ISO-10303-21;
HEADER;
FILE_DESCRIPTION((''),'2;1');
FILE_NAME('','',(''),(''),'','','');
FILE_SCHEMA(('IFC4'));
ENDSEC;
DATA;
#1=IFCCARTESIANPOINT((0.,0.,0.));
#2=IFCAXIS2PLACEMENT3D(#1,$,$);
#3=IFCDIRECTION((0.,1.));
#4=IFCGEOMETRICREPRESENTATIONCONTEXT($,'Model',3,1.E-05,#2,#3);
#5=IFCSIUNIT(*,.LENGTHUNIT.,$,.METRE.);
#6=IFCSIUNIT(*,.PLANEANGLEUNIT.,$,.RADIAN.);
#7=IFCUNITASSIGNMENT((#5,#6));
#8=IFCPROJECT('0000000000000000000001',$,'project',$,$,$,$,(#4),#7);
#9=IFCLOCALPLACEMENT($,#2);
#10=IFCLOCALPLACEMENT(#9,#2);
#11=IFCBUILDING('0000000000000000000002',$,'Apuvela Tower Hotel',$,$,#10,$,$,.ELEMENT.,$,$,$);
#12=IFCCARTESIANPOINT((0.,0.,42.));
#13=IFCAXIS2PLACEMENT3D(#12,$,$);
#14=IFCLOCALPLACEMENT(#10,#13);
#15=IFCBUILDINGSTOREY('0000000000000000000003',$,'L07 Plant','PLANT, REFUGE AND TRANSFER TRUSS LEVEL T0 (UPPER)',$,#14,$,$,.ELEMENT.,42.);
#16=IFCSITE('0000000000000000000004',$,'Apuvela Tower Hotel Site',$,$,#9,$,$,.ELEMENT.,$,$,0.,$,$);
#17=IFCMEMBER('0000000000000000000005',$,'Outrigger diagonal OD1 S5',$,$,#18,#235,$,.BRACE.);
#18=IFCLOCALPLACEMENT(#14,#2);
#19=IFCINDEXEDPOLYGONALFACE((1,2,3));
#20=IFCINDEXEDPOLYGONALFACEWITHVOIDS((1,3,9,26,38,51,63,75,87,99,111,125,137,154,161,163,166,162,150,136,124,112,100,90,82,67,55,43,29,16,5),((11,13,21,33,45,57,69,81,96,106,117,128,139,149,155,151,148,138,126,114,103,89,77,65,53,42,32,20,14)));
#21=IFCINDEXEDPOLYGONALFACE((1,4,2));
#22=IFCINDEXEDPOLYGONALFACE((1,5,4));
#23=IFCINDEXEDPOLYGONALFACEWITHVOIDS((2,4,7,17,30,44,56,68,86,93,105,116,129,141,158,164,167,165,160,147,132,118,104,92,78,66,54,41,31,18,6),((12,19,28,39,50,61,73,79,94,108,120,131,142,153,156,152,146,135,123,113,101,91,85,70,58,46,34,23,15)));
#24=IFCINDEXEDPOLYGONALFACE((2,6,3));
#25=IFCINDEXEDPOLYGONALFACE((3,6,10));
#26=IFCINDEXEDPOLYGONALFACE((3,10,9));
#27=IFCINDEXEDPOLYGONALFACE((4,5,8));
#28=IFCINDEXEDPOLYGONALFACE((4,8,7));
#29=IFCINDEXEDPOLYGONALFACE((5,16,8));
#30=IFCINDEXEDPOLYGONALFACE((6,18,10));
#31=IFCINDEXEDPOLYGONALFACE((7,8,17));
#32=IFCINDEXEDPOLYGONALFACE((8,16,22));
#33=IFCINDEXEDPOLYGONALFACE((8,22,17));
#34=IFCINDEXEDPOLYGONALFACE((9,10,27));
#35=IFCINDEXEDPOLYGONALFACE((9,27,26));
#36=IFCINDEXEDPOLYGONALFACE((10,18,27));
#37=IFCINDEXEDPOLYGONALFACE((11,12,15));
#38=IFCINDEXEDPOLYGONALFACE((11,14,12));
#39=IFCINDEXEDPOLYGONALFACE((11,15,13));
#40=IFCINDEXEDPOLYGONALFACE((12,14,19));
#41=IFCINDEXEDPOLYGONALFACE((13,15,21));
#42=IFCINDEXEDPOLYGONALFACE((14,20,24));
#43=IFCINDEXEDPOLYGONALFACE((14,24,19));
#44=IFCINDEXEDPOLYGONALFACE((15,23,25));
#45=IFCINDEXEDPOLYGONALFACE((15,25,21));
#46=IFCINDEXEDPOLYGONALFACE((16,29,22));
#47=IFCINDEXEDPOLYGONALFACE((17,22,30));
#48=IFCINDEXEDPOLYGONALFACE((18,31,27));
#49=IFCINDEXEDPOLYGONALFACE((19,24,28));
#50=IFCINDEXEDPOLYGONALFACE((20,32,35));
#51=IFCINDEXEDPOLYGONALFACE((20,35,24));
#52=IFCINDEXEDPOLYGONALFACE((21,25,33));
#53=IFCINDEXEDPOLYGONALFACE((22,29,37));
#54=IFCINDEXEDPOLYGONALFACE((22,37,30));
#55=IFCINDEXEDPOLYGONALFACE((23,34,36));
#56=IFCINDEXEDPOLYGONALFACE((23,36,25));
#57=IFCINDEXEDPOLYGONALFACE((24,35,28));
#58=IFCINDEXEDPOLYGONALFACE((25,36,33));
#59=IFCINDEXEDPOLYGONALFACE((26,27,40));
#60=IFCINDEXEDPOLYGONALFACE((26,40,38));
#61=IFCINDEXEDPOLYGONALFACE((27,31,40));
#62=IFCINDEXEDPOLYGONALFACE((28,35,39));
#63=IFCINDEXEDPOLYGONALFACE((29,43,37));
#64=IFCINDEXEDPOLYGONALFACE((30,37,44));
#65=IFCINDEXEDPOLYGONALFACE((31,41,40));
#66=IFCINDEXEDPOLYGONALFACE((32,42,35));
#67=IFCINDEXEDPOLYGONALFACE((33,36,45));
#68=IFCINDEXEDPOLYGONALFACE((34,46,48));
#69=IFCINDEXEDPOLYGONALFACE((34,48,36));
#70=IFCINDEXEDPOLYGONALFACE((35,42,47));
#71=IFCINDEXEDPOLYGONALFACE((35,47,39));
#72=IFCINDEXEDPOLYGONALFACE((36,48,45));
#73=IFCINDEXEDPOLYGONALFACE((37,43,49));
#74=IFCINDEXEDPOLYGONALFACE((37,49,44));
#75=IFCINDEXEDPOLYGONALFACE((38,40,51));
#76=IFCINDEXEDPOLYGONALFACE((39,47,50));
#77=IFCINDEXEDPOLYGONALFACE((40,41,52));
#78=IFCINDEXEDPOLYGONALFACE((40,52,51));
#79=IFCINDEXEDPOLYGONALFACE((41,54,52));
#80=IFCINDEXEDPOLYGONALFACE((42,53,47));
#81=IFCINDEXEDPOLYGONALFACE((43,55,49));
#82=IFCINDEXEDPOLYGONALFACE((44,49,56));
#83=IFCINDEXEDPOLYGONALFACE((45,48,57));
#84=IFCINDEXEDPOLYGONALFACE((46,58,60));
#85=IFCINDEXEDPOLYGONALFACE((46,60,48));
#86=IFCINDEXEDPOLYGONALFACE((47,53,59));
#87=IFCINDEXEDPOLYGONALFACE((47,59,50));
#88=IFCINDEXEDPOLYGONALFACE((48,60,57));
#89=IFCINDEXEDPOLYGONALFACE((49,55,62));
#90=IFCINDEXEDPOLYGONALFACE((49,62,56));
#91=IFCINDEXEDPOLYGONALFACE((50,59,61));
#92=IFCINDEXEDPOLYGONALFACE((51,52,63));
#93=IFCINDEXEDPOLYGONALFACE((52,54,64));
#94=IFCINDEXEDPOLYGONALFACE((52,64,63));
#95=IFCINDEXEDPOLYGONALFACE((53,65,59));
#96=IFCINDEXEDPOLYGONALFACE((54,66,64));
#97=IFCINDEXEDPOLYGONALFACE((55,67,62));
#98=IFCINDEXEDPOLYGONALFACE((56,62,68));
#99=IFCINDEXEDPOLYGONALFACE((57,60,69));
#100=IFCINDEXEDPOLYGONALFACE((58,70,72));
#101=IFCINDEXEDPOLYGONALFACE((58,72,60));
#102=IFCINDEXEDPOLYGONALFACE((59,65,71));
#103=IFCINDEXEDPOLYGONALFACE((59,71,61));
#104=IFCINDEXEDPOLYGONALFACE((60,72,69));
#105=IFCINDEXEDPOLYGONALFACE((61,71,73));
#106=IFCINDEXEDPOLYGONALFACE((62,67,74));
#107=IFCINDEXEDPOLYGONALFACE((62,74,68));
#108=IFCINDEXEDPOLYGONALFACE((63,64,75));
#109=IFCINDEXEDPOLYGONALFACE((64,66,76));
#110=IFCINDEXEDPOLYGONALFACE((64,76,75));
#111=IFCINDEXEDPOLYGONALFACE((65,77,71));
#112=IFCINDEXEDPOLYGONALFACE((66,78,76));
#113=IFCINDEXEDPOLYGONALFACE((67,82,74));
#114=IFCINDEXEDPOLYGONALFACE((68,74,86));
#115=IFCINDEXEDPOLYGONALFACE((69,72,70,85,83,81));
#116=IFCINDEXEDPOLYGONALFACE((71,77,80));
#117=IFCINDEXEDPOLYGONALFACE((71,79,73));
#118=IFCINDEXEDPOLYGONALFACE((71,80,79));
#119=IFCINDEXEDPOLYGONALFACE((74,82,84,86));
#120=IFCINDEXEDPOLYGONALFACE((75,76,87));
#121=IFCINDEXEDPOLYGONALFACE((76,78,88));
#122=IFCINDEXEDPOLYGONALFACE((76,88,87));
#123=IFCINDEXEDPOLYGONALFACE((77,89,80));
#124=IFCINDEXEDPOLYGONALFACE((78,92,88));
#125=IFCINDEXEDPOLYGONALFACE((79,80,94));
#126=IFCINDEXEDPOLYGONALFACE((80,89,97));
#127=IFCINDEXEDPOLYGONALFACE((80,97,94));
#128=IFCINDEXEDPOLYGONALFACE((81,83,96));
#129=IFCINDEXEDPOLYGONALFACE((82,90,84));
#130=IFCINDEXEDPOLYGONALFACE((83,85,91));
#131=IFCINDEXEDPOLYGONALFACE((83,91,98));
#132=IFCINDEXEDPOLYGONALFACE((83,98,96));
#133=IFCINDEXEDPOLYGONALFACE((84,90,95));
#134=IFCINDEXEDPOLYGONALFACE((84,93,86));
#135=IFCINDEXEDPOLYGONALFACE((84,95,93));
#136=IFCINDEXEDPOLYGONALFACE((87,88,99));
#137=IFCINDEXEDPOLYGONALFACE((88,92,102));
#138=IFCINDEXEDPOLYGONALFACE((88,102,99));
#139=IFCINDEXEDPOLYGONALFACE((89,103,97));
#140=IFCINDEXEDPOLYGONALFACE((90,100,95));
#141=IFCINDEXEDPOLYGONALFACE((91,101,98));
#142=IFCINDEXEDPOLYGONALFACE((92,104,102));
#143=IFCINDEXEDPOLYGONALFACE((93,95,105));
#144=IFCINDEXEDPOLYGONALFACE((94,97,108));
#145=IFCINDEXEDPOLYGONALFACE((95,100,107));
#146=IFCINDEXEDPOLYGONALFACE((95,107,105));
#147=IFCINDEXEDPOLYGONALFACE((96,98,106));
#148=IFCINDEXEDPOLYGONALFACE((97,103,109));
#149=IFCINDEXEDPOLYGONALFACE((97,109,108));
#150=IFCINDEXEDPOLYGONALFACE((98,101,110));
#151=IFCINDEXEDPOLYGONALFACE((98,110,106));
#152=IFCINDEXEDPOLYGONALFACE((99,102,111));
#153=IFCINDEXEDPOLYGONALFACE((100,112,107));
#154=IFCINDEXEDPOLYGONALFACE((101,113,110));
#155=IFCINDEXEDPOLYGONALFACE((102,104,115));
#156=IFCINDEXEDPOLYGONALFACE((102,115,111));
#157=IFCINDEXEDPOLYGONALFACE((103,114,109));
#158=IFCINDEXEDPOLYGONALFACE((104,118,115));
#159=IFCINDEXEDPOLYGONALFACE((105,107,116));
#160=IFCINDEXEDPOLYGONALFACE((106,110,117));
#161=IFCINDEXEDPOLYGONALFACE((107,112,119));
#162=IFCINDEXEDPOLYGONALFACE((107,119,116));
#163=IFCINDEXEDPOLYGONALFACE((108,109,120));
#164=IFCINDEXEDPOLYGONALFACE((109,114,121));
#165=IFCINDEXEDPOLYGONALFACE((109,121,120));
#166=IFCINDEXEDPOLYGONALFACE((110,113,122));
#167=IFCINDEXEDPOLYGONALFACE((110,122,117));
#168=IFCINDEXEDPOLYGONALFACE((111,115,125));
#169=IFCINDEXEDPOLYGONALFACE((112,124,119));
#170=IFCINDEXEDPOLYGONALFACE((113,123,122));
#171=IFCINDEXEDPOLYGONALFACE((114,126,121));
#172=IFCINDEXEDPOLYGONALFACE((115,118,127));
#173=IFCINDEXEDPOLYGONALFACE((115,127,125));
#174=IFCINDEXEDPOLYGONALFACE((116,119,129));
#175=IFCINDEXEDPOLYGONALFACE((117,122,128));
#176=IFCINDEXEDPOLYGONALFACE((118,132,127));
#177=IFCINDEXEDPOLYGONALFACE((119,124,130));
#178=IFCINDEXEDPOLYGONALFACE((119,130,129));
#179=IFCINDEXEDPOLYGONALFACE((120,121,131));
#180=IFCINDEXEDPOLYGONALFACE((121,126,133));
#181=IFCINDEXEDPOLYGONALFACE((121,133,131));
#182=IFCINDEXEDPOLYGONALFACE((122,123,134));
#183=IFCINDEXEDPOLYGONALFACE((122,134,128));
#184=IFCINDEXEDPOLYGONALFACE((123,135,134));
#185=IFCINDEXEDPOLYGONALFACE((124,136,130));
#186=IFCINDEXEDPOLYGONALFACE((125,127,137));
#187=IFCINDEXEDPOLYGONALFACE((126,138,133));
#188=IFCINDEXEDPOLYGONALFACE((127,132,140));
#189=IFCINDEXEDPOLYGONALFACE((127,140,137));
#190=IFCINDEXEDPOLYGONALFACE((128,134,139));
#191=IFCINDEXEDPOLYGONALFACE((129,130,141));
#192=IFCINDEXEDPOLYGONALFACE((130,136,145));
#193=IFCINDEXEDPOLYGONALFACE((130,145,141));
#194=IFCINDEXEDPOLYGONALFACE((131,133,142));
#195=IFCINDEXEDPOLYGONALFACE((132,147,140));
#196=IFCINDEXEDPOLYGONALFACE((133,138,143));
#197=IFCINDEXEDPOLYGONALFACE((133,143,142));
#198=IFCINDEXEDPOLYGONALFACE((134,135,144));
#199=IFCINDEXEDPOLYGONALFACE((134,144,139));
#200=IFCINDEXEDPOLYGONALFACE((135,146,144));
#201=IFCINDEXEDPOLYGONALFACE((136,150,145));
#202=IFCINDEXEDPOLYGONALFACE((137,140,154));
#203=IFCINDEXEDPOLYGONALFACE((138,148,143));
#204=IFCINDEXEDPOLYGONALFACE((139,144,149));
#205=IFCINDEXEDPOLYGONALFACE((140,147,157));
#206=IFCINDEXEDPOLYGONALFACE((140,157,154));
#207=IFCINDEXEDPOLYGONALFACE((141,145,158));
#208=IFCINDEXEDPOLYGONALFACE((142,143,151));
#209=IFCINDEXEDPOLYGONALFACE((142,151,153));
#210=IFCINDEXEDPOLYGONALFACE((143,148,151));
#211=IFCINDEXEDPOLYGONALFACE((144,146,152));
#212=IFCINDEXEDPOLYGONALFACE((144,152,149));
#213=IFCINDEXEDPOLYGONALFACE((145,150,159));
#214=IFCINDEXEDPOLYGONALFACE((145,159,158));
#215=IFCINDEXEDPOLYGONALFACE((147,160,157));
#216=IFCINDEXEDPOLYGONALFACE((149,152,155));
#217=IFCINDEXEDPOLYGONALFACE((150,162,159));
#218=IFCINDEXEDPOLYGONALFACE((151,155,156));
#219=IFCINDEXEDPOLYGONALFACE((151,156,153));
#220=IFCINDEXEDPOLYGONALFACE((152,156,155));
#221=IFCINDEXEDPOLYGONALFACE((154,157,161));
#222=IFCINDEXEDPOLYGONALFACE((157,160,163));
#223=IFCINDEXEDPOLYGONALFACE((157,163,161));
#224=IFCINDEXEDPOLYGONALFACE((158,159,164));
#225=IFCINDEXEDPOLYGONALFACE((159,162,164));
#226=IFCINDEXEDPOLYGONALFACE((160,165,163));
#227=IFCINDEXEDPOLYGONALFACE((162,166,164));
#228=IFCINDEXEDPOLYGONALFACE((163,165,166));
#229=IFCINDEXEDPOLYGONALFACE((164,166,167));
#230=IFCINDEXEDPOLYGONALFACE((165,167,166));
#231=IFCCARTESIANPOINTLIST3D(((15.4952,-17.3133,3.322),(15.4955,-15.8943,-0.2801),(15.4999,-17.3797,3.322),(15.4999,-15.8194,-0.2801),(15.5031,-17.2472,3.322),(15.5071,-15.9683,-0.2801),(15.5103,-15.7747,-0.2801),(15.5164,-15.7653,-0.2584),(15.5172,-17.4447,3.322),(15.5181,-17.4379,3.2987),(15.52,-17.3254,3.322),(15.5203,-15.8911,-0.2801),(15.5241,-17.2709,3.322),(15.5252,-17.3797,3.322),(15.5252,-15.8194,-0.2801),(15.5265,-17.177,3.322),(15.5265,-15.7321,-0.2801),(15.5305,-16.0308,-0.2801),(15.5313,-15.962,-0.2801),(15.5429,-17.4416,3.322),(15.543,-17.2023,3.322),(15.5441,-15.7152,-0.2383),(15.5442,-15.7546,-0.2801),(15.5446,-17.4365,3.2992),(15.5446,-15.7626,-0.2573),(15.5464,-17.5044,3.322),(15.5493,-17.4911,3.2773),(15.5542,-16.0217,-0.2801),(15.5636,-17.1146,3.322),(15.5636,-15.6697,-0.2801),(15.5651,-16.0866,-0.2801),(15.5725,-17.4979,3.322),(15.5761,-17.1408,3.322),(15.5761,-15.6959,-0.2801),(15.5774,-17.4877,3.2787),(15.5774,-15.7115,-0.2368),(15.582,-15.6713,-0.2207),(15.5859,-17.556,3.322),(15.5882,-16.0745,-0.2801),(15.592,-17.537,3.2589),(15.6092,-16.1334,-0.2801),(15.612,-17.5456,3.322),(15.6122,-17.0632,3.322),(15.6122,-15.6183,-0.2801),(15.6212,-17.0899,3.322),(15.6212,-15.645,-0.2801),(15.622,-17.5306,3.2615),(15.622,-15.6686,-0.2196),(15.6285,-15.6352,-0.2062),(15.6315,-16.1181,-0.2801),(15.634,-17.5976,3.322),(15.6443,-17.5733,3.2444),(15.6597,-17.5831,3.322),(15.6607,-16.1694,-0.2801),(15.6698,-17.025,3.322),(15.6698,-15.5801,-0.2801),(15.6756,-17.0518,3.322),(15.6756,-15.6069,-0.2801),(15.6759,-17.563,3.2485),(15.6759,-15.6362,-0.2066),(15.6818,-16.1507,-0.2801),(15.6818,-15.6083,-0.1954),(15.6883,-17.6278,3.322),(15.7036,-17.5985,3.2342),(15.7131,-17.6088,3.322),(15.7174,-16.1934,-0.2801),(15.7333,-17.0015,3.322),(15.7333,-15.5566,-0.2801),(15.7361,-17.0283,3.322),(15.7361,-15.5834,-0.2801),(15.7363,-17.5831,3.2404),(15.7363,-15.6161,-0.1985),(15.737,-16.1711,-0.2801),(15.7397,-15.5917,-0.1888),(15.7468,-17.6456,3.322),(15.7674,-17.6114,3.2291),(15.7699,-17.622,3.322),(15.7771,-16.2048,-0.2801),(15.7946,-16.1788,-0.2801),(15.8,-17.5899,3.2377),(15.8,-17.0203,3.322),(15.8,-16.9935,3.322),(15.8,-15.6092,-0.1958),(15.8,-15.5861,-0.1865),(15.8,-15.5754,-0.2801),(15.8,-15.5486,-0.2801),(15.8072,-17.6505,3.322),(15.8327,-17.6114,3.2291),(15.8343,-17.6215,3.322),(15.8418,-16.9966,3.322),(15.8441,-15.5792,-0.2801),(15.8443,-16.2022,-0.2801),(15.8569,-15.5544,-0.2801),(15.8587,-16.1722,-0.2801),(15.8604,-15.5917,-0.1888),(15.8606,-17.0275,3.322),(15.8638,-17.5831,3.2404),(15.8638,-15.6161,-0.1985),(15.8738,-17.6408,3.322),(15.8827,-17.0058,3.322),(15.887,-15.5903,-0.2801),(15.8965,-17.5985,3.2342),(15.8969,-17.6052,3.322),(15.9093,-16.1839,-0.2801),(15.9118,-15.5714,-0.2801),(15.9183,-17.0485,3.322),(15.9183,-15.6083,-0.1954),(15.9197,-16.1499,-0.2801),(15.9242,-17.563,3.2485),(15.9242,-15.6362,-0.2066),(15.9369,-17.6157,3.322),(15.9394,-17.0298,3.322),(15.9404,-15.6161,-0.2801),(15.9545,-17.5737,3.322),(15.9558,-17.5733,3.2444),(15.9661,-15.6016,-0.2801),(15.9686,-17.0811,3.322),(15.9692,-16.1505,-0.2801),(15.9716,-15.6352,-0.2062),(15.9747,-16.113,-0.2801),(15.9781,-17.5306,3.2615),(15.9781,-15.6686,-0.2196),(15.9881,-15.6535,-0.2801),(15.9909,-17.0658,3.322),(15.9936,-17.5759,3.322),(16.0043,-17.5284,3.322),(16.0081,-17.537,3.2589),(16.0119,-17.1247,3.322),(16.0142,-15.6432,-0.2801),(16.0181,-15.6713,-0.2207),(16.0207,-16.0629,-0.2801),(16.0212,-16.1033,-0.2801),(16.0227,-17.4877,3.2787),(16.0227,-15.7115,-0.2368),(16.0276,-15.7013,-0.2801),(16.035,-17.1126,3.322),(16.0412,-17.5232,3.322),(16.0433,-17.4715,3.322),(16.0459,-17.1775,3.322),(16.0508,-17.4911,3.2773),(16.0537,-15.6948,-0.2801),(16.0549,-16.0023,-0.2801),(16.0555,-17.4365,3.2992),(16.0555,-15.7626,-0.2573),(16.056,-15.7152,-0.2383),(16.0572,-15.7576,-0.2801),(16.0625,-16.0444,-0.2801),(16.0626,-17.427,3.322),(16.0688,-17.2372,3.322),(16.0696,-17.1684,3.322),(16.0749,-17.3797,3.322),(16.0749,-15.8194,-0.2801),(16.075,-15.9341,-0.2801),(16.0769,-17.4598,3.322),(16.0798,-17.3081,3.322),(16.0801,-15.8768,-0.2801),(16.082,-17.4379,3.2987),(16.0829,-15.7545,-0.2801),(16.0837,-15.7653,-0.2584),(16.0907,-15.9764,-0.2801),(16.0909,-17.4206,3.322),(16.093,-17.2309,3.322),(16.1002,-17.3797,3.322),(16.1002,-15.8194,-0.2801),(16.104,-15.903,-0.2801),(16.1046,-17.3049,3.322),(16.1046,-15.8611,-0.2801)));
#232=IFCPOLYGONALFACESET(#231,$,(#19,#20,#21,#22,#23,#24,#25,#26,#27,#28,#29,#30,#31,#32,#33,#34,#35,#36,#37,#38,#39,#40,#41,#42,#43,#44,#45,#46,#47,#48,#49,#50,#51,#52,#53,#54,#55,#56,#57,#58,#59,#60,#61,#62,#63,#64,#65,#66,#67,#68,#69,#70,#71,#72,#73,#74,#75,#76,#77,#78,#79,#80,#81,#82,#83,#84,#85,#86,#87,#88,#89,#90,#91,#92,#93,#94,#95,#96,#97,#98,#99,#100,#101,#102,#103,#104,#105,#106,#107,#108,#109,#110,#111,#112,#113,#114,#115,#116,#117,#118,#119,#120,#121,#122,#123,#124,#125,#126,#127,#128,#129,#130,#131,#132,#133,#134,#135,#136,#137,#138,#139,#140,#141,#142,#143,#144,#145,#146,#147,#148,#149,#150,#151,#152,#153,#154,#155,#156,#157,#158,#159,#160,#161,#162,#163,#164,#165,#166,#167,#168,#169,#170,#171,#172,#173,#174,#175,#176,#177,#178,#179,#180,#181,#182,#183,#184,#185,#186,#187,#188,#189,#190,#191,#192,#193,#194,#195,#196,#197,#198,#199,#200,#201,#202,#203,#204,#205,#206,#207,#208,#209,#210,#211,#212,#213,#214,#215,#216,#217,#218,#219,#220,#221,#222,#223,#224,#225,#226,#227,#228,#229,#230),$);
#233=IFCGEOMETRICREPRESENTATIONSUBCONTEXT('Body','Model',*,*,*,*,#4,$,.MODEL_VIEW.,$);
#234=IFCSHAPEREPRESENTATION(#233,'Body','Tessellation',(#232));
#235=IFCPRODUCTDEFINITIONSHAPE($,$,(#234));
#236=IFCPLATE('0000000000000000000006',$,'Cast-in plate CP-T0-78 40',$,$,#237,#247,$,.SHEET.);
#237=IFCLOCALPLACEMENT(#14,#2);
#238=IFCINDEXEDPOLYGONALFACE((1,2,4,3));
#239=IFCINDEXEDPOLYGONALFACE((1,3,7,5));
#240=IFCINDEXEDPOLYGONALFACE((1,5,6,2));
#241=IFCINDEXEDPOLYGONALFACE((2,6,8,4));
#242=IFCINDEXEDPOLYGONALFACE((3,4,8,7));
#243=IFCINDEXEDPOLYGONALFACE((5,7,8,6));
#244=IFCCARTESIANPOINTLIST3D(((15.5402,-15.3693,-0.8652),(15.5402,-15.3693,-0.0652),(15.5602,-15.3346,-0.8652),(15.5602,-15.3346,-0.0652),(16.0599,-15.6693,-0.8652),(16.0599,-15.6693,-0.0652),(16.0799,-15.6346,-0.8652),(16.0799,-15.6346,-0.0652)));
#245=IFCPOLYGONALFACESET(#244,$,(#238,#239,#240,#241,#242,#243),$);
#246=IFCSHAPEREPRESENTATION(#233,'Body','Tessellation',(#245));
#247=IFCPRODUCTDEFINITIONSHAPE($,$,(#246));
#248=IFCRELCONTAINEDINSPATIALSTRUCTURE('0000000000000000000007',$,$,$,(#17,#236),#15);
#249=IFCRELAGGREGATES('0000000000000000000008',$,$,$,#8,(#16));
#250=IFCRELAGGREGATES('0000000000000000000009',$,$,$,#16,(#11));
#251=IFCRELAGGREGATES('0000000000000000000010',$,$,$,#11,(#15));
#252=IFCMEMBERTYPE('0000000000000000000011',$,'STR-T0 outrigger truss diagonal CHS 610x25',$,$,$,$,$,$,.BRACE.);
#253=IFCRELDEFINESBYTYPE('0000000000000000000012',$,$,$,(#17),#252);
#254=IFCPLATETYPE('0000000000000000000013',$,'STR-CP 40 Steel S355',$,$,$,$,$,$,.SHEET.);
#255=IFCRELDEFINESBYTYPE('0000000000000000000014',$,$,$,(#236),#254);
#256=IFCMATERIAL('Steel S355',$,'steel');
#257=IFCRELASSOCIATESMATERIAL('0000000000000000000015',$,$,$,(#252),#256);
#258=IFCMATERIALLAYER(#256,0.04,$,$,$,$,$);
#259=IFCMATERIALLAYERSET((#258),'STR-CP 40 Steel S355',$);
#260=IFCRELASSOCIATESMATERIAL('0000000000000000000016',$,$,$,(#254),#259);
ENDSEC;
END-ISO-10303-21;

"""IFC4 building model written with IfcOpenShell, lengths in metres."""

from ifc_helpers import new_model, si_unit, direction, frame, origin, origin_2d, place, context, subcontext, project, spatial, rectangle, hollow_circle, extrude, boolean, halfspace, material, layer, layer_set, material_profile, profile_set, type_object, element, save


model = new_model("IFC4")

# Units and contexts
model_context = context("Model", 3, precision=1e-05, world=origin(), true_north=direction((0.0, 1.0)))
body_context = subcontext(model_context, "Body", "Model", "MODEL_VIEW")
ifc_project = project(units=[si_unit("LENGTHUNIT", "METRE"), si_unit("PLANEANGLEUNIT", "RADIAN")], contexts=[model_context])

# Site, building, storey
site_placement = place(None, origin())
site = spatial("IfcSite", under=ifc_project, at=site_placement, Name="Apuvela Tower Hotel Site", CompositionType="ELEMENT", RefElevation=0.0)
building_placement = place(site_placement, origin())
building = spatial("IfcBuilding", under=site, at=building_placement, Name="Apuvela Tower Hotel", CompositionType="ELEMENT")
storey_placement = place(building_placement, frame((0.0, 0.0, 42.0)))
storey = spatial("IfcBuildingStorey", under=building, at=storey_placement, Name="L07 Plant", Description="PLANT, REFUGE AND TRANSFER TRUSS LEVEL T0 (UPPER)", CompositionType="ELEMENT", Elevation=42.0)

# Shared definitions
ifc_material_1 = material(Name="Steel S355", Category="steel")

# Member
ifc_material_profile_1 = material_profile(ifc_material_1, hollow_circle(Radius=0.3049, WallThickness=0.0249, at=origin_2d()), Name="CHS 610x25")
ifc_profile_set_1 = profile_set([ifc_material_profile_1], Name="Steel S355")
member_type = type_object("IfcMemberType", Name="STR-T0 outrigger truss diagonal CHS 610x25", PredefinedType="BRACE", material=ifc_profile_set_1)
member_placement = place(storey_placement, frame((15.8, -15.8691, -0.3), z_axis=(0.0, -0.372292, 0.928116), x_axis=(0.0, 0.928116, 0.372292)))
solid = boolean("DIFFERENCE", boolean("DIFFERENCE", extrude(hollow_circle(Radius=0.3049, WallThickness=0.0249, at=origin_2d()), frame((0.0, 0.0, -0.2422)), (0.0, 0.0, 1.0), 4.4087), halfspace(frame((0.0, 0.0, 0.0215), z_axis=(0.372292, 0.0, 0.928116), x_axis=(0.928116, 0.0, -0.372292)), True)), halfspace(frame((0.0, 0.0, 3.9026), z_axis=(0.372292, 0.0, 0.928116), x_axis=(0.928116, 0.0, -0.372292)), False))
element("IfcMember", 1, at=member_placement, inside=storey, type_object=member_type, Name="Outrigger diagonal OD1 S5", PredefinedType="BRACE", context=body_context, shape_type="SweptSolid", body=[
    boolean("UNION", boolean("DIFFERENCE", boolean("DIFFERENCE", extrude(hollow_circle(Radius=0.3049, WallThickness=0.0249, at=origin_2d()), origin(), (0.0, 0.0, 1.0), 3.9241), halfspace(frame((0.0, 0.0, 0.0215), z_axis=(0.372292, 0.0, 0.928116), x_axis=(0.928116, 0.0, -0.372292)), True)), halfspace(frame((0.0, 0.0, 3.9026), z_axis=(0.372292, 0.0, 0.928116), x_axis=(0.928116, 0.0, -0.372292)), False)), solid),
])

# Plate
ifc_layer_1 = layer(ifc_material_1, 0.04)
ifc_layer_set_1 = layer_set([ifc_layer_1], Name="STR-CP 40 Steel S355")
plate_type = type_object("IfcPlateType", Name="STR-CP 40 Steel S355", PredefinedType="SHEET", material=ifc_layer_set_1)
plate_placement = place(storey_placement, frame((15.8101, -15.502, -0.8652), z_axis=(0.0, 0.0, 1.0), x_axis=(0.5, 0.866025, 0.0)))
element("IfcPlate", 2, at=plate_placement, inside=storey, type_object=plate_type, Name="Cast-in plate CP-T0-78 40", PredefinedType="SHEET", context=body_context, shape_type="SweptSolid", body=[
    extrude(rectangle(XDim=0.04, YDim=0.6001, at=origin_2d()), origin(), (0.0, 0.0, 1.0), 0.8),
])

save(model, "model.ifc")
